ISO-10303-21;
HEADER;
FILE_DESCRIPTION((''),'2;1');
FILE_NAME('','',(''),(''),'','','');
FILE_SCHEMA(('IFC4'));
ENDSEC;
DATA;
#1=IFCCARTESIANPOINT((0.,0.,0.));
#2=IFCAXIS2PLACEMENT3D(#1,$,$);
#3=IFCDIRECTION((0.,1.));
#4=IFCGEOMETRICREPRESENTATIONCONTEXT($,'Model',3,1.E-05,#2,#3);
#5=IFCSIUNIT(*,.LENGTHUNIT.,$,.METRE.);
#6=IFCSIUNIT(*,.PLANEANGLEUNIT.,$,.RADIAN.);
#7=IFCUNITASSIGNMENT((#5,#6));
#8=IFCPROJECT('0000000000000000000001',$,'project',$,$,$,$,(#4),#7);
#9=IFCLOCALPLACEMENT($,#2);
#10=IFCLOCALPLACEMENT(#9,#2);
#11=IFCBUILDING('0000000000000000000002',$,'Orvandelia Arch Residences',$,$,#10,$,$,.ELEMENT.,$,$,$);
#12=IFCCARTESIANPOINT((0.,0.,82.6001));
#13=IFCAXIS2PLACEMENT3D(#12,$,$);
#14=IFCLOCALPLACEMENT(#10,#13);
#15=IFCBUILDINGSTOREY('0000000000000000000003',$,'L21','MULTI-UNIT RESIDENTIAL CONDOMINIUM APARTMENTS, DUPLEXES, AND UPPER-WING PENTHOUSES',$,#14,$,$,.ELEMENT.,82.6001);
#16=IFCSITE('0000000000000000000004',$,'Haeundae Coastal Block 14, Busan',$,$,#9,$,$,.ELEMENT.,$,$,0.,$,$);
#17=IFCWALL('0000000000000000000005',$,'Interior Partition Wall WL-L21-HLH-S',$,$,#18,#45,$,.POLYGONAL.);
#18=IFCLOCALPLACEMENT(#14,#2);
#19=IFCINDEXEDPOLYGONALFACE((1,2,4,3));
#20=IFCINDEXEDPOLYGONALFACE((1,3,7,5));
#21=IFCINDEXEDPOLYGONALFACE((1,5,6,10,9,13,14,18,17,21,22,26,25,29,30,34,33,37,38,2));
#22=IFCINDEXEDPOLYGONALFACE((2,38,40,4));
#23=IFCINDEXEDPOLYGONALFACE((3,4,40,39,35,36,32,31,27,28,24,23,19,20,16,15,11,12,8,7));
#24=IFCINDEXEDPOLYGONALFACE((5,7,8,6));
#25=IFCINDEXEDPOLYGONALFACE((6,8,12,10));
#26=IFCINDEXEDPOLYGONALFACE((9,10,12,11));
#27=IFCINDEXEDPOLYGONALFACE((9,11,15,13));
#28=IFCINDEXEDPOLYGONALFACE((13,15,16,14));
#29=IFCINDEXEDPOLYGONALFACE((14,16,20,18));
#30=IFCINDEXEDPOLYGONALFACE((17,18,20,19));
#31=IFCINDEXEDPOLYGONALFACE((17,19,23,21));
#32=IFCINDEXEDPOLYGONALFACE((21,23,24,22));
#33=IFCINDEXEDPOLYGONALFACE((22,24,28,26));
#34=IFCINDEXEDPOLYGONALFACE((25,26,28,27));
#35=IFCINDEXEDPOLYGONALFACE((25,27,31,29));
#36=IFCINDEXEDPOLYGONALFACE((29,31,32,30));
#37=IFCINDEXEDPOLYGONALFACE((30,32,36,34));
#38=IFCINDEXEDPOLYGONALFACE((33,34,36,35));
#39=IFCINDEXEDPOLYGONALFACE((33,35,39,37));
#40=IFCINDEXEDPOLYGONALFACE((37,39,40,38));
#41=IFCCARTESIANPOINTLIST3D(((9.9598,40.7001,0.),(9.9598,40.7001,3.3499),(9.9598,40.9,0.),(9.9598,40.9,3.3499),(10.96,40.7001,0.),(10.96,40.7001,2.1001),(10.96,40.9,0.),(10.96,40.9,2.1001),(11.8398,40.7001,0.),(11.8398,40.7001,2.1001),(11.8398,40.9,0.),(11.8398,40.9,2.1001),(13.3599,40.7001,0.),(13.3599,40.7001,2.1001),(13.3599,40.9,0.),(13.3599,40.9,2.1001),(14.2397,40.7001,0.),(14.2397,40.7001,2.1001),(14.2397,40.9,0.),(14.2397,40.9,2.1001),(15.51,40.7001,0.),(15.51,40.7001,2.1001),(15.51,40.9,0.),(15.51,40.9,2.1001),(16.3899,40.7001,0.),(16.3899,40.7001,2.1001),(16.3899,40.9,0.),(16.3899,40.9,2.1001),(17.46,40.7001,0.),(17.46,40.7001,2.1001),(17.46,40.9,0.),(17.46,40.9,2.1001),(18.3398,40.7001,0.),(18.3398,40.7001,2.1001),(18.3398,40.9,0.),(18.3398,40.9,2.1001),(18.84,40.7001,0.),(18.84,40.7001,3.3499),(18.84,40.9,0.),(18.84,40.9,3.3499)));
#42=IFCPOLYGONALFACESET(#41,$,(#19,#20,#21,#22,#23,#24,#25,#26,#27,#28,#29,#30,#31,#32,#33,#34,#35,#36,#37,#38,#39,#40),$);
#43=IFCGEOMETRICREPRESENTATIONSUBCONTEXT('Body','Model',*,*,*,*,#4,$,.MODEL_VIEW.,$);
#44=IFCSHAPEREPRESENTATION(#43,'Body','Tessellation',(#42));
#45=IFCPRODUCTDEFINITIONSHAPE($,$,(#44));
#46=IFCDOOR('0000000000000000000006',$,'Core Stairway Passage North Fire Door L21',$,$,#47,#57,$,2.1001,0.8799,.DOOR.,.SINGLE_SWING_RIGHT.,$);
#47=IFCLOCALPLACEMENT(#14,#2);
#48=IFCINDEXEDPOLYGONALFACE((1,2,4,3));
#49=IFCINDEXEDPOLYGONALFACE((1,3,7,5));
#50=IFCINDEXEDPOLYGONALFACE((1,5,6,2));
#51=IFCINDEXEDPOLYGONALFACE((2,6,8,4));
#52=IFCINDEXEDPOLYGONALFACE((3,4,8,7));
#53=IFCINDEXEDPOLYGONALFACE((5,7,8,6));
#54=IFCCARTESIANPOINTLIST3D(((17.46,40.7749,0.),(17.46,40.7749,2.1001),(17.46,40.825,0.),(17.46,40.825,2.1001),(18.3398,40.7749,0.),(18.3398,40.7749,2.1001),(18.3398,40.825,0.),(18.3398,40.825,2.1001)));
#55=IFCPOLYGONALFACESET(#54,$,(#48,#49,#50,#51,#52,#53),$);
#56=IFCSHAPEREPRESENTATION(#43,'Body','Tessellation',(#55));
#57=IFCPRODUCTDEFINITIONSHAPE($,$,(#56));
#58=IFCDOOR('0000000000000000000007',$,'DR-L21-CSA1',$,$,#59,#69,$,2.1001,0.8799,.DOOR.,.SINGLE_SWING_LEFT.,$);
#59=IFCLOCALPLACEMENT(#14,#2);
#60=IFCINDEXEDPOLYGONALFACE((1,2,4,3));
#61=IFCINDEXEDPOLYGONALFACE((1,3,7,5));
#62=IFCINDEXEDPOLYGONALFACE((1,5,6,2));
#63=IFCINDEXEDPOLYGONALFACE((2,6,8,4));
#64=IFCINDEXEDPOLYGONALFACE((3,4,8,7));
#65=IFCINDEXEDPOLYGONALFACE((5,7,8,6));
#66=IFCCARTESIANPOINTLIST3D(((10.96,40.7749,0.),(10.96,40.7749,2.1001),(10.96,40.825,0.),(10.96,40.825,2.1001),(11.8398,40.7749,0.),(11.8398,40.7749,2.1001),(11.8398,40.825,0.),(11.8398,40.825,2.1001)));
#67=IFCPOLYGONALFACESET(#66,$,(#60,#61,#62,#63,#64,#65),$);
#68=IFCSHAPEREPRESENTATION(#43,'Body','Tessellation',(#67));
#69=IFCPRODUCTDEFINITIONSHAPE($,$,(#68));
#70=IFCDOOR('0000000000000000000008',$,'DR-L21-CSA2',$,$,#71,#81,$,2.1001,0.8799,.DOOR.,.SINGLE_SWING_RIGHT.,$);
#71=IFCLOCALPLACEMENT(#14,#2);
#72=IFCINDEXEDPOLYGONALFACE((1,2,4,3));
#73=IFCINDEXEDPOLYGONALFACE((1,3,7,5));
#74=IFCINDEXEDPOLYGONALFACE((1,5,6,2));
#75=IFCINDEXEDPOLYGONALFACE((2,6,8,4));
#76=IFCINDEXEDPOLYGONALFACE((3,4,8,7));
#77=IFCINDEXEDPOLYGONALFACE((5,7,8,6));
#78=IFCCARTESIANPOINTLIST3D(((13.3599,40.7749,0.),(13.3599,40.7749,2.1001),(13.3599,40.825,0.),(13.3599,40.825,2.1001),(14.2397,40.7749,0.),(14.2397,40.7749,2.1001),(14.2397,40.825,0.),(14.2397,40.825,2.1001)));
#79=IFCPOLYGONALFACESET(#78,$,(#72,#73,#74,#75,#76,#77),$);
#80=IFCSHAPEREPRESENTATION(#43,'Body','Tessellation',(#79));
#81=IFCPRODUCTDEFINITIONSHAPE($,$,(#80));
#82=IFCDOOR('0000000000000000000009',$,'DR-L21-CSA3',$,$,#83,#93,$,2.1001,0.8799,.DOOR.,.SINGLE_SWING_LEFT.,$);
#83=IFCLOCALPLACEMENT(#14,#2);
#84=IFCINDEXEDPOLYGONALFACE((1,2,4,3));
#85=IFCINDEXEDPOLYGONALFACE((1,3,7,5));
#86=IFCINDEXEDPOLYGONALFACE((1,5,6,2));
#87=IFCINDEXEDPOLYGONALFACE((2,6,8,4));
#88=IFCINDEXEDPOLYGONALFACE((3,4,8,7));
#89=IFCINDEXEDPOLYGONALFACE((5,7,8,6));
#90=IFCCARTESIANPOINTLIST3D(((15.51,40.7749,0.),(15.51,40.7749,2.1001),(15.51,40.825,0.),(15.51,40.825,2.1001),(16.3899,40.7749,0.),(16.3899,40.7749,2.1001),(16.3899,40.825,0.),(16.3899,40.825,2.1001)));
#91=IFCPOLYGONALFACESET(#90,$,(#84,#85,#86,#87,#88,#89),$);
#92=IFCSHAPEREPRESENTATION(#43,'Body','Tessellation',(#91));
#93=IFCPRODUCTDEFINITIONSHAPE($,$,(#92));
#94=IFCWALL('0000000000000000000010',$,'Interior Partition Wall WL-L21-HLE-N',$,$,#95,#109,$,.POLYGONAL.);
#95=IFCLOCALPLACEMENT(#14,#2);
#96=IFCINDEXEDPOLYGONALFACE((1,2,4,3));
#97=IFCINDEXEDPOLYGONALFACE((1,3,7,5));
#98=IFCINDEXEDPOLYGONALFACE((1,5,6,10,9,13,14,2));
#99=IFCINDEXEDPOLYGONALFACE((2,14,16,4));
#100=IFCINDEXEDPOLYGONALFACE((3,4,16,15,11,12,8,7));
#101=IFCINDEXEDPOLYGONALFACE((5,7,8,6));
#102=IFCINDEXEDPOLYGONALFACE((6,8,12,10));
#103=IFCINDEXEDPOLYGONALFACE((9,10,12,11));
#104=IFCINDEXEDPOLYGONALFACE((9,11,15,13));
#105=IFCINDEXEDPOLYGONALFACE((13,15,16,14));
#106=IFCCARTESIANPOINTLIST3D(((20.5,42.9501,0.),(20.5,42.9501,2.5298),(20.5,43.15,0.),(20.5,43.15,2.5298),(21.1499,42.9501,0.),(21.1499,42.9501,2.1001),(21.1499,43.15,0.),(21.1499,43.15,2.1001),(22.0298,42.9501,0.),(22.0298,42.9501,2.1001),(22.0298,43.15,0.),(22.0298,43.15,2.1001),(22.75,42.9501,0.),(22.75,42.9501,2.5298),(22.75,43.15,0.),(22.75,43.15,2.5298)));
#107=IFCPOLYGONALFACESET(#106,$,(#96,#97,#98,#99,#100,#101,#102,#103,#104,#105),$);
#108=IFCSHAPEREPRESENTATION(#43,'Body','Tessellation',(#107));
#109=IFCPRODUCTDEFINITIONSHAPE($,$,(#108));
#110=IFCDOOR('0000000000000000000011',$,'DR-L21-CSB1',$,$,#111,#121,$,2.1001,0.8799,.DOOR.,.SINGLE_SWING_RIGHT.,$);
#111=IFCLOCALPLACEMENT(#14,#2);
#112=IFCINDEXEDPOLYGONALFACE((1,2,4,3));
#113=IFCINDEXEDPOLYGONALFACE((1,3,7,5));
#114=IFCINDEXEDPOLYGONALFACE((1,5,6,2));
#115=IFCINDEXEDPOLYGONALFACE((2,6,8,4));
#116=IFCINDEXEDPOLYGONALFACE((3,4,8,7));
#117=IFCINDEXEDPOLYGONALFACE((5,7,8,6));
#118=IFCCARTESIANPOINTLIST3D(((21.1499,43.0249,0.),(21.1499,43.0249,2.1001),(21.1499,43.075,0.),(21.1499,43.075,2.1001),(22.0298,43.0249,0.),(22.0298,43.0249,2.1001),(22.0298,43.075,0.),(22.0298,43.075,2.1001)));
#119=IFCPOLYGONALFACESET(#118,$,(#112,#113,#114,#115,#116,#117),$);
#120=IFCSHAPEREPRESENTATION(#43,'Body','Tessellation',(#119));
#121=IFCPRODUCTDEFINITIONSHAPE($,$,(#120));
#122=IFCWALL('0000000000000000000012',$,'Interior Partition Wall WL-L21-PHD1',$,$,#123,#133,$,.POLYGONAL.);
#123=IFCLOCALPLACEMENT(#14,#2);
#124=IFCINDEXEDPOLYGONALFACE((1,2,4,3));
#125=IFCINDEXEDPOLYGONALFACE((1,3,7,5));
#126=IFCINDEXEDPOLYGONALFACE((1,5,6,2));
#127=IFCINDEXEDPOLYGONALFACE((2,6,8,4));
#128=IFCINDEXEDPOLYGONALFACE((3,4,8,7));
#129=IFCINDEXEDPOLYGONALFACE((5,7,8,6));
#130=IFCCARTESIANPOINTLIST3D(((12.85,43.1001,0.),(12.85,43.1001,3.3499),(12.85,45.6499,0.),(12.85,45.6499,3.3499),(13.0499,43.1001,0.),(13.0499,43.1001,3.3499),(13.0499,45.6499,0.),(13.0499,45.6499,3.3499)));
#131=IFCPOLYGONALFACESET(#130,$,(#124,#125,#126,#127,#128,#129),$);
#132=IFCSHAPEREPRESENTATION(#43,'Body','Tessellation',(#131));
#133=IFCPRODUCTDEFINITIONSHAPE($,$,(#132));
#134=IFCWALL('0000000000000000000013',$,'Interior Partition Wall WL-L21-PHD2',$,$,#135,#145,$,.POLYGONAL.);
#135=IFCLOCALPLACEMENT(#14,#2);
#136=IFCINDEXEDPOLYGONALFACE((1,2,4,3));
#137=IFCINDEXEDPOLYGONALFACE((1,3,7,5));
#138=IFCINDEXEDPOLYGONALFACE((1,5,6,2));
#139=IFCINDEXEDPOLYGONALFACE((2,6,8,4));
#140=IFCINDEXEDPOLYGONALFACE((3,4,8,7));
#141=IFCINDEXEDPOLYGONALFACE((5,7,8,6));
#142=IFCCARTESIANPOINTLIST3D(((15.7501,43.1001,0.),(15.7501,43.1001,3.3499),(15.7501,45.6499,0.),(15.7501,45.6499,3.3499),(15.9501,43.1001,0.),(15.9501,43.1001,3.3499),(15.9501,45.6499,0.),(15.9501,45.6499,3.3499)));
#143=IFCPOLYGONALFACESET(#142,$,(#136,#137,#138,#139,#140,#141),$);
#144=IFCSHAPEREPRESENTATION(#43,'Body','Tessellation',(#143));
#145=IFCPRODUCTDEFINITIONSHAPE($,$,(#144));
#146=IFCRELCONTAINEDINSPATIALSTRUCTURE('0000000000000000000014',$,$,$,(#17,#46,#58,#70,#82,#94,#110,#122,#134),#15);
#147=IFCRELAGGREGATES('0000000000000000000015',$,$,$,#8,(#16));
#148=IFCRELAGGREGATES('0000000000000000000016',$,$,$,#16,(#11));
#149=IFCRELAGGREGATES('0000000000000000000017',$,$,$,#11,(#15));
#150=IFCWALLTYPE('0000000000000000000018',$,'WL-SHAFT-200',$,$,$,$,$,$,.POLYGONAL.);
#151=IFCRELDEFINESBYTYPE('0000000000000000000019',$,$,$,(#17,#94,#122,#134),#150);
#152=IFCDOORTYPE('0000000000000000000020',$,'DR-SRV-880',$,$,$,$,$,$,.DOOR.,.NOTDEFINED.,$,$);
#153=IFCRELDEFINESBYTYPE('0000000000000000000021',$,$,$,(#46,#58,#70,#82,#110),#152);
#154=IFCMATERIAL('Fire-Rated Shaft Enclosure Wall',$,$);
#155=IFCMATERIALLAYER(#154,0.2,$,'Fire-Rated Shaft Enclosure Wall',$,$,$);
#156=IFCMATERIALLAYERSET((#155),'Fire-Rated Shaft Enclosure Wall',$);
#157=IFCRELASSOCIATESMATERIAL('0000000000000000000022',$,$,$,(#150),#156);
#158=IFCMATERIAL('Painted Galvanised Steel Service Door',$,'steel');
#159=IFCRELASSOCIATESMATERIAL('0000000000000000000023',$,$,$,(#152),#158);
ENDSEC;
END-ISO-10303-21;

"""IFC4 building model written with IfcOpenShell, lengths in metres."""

from ifc_helpers import new_model, si_unit, direction, frame, frame_2d, origin, place, context, subcontext, project, spatial, rectangle, extrude, material, layer, layer_set, type_object, element, fill, save


model = new_model("IFC4")

# Units and contexts
model_context = context("Model", 3, precision=1e-05, world=origin(), true_north=direction((0.0, 1.0)))
body_context = subcontext(model_context, "Body", "Model", "MODEL_VIEW")
ifc_project = project(units=[si_unit("LENGTHUNIT", "METRE"), si_unit("PLANEANGLEUNIT", "RADIAN")], contexts=[model_context])

# Site, building, storey
site_placement = place(None, origin())
site = spatial("IfcSite", under=ifc_project, at=site_placement, Name="Haeundae Coastal Block 14, Busan", CompositionType="ELEMENT", RefElevation=0.0)
building_placement = place(site_placement, origin())
building = spatial("IfcBuilding", under=site, at=building_placement, Name="Orvandelia Arch Residences", CompositionType="ELEMENT")
storey_placement = place(building_placement, frame((0.0, 0.0, 82.6001)))
storey = spatial("IfcBuildingStorey", under=building, at=storey_placement, Name="L21", Description="MULTI-UNIT RESIDENTIAL CONDOMINIUM APARTMENTS, DUPLEXES, AND UPPER-WING PENTHOUSES", CompositionType="ELEMENT", Elevation=82.6001)

# Shared definitions
ifc_material_1 = material(Name="Fire-Rated Shaft Enclosure Wall")
ifc_layer_1 = layer(ifc_material_1, 0.2, Name="Fire-Rated Shaft Enclosure Wall")
ifc_layer_set_1 = layer_set([ifc_layer_1], Name="Fire-Rated Shaft Enclosure Wall")
wall_type_1 = type_object("IfcWallType", Name="WL-SHAFT-200", PredefinedType="POLYGONAL", material=ifc_layer_set_1)

# Wall, openings, doors
wall_1_placement = place(storey_placement, frame((9.96, 40.8, 0.0), z_axis=(0.0, 0.0, 1.0), x_axis=(1.0, 0.0, 0.0)))
wall_1 = element("IfcWall", 1, at=wall_1_placement, inside=storey, type_object=wall_type_1, Name="Interior Partition Wall WL-L21-HLH-S", PredefinedType="POLYGONAL", context=body_context, shape_type="SweptSolid", body=[
    extrude(rectangle(XDim=8.8801, YDim=0.2, at=frame_2d((4.4399, 0.0))), origin(), (0.0, 0.0, 1.0), 3.3499),
])
opening_1_placement = place(wall_1_placement, frame((7.5, 0.0, 0.0)))
opening_1 = element("IfcOpeningElement", 2, at=opening_1_placement, cuts=wall_1, PredefinedType="OPENING", context=body_context, shape_type="SweptSolid", body=[
    extrude(rectangle(XDim=0.8799, YDim=2.1001, at=frame_2d((0.4399, 1.05))), frame((0.0, 0.1099, 0.0), z_axis=(0.0, -1.0, 0.0), x_axis=(1.0, 0.0, 0.0)), (0.0, 0.0, 1.0), 0.22),
])
opening_2_placement = place(wall_1_placement, frame((1.0, 0.0, 0.0)))
opening_2 = element("IfcOpeningElement", 3, at=opening_2_placement, cuts=wall_1, PredefinedType="OPENING", context=body_context, shape_type="SweptSolid", body=[
    extrude(rectangle(XDim=0.8799, YDim=2.1001, at=frame_2d((0.4399, 1.05))), frame((0.0, 0.1099, 0.0), z_axis=(0.0, -1.0, 0.0), x_axis=(1.0, 0.0, 0.0)), (0.0, 0.0, 1.0), 0.22),
])
opening_3_placement = place(wall_1_placement, frame((3.3999, 0.0, 0.0)))
opening_3 = element("IfcOpeningElement", 4, at=opening_3_placement, cuts=wall_1, PredefinedType="OPENING", context=body_context, shape_type="SweptSolid", body=[
    extrude(rectangle(XDim=0.8799, YDim=2.1001, at=frame_2d((0.4399, 1.05))), frame((0.0, 0.1099, 0.0), z_axis=(0.0, -1.0, 0.0), x_axis=(1.0, 0.0, 0.0)), (0.0, 0.0, 1.0), 0.22),
])
opening_4_placement = place(wall_1_placement, frame((5.55, 0.0, 0.0)))
opening_4 = element("IfcOpeningElement", 5, at=opening_4_placement, cuts=wall_1, PredefinedType="OPENING", context=body_context, shape_type="SweptSolid", body=[
    extrude(rectangle(XDim=0.8799, YDim=2.1001, at=frame_2d((0.4399, 1.05))), frame((0.0, 0.1099, 0.0), z_axis=(0.0, -1.0, 0.0), x_axis=(1.0, 0.0, 0.0)), (0.0, 0.0, 1.0), 0.22),
])
ifc_material_2 = material(Name="Painted Galvanised Steel Service Door", Category="steel")
door_type_1 = type_object("IfcDoorType", Name="DR-SRV-880", OperationType="NOTDEFINED", PredefinedType="DOOR", material=ifc_material_2)
door_1_placement = place(opening_1_placement, origin())
door_1 = element("IfcDoor", 6, at=door_1_placement, inside=storey, type_object=door_type_1, Name="Core Stairway Passage North Fire Door L21", OperationType="SINGLE_SWING_RIGHT", OverallHeight=2.1001, OverallWidth=0.8799, PredefinedType="DOOR", context=body_context, shape_type="SweptSolid", body=[
    extrude(rectangle(XDim=0.8799, YDim=2.1001, at=frame_2d((0.4399, 1.05))), frame((0.0, 0.0249, 0.0), z_axis=(0.0, -1.0, 0.0), x_axis=(1.0, 0.0, 0.0)), (0.0, 0.0, 1.0), 0.05),
])
fill(opening_1, door_1)
door_2_placement = place(opening_2_placement, origin())
door_2 = element("IfcDoor", 7, at=door_2_placement, inside=storey, type_object=door_type_1, Name="DR-L21-CSA1", OperationType="SINGLE_SWING_LEFT", OverallHeight=2.1001, OverallWidth=0.8799, PredefinedType="DOOR", context=body_context, shape_type="SweptSolid", body=[
    extrude(rectangle(XDim=0.8799, YDim=2.1001, at=frame_2d((0.4399, 1.05))), frame((0.0, 0.0249, 0.0), z_axis=(0.0, -1.0, 0.0), x_axis=(1.0, 0.0, 0.0)), (0.0, 0.0, 1.0), 0.05),
])
fill(opening_2, door_2)
door_3_placement = place(opening_3_placement, origin())
door_3 = element("IfcDoor", 8, at=door_3_placement, inside=storey, type_object=door_type_1, Name="DR-L21-CSA2", OperationType="SINGLE_SWING_RIGHT", OverallHeight=2.1001, OverallWidth=0.8799, PredefinedType="DOOR", context=body_context, shape_type="SweptSolid", body=[
    extrude(rectangle(XDim=0.8799, YDim=2.1001, at=frame_2d((0.4399, 1.05))), frame((0.0, 0.0249, 0.0), z_axis=(0.0, -1.0, 0.0), x_axis=(1.0, 0.0, 0.0)), (0.0, 0.0, 1.0), 0.05),
])
fill(opening_3, door_3)
door_4_placement = place(opening_4_placement, origin())
door_4 = element("IfcDoor", 9, at=door_4_placement, inside=storey, type_object=door_type_1, Name="DR-L21-CSA3", OperationType="SINGLE_SWING_LEFT", OverallHeight=2.1001, OverallWidth=0.8799, PredefinedType="DOOR", context=body_context, shape_type="SweptSolid", body=[
    extrude(rectangle(XDim=0.8799, YDim=2.1001, at=frame_2d((0.4399, 1.05))), frame((0.0, 0.0249, 0.0), z_axis=(0.0, -1.0, 0.0), x_axis=(1.0, 0.0, 0.0)), (0.0, 0.0, 1.0), 0.05),
])
fill(opening_4, door_4)

# Wall, opening, door
wall_2_placement = place(storey_placement, frame((20.5, 43.05, 0.0), z_axis=(0.0, 0.0, 1.0), x_axis=(1.0, 0.0, 0.0)))
wall_2 = element("IfcWall", 10, at=wall_2_placement, inside=storey, type_object=wall_type_1, Name="Interior Partition Wall WL-L21-HLE-N", PredefinedType="POLYGONAL", context=body_context, shape_type="SweptSolid", body=[
    extrude(rectangle(XDim=2.25, YDim=0.2, at=frame_2d((1.125, 0.0))), origin(), (0.0, 0.0, 1.0), 2.5298),
])
opening_5_placement = place(wall_2_placement, frame((0.6499, 0.0, 0.0)))
opening_5 = element("IfcOpeningElement", 11, at=opening_5_placement, cuts=wall_2, PredefinedType="OPENING", context=body_context, shape_type="SweptSolid", body=[
    extrude(rectangle(XDim=0.8799, YDim=2.1001, at=frame_2d((0.4399, 1.05))), frame((0.0, 0.1099, 0.0), z_axis=(0.0, -1.0, 0.0), x_axis=(1.0, 0.0, 0.0)), (0.0, 0.0, 1.0), 0.22),
])
door_5_placement = place(opening_5_placement, origin())
door_5 = element("IfcDoor", 12, at=door_5_placement, inside=storey, type_object=door_type_1, Name="DR-L21-CSB1", OperationType="SINGLE_SWING_RIGHT", OverallHeight=2.1001, OverallWidth=0.8799, PredefinedType="DOOR", context=body_context, shape_type="SweptSolid", body=[
    extrude(rectangle(XDim=0.8799, YDim=2.1001, at=frame_2d((0.4399, 1.05))), frame((0.0, 0.0249, 0.0), z_axis=(0.0, -1.0, 0.0), x_axis=(1.0, 0.0, 0.0)), (0.0, 0.0, 1.0), 0.05),
])
fill(opening_5, door_5)

# Walls
for number, where, z_axis, x_axis, name in (
    (13, (12.95, 43.1001, 0.0), (0.0, 0.0, 1.0), (0.0, 1.0, 0.0), "Interior Partition Wall WL-L21-PHD1"),
    (14, (15.8501, 43.1001, 0.0), (0.0, 0.0, 1.0), (0.0, 1.0, 0.0), "Interior Partition Wall WL-L21-PHD2"),
):
    element("IfcWall", number, at=place(storey_placement, frame(where, z_axis=z_axis, x_axis=x_axis)), inside=storey, type_object=wall_type_1, Name=name, PredefinedType="POLYGONAL", context=body_context, shape_type="SweptSolid", body=[
        extrude(rectangle(XDim=2.5498, YDim=0.2, at=frame_2d((1.2749, 0.0))), origin(), (0.0, 0.0, 1.0), 3.3499),
    ])

save(model, "model.ifc")
